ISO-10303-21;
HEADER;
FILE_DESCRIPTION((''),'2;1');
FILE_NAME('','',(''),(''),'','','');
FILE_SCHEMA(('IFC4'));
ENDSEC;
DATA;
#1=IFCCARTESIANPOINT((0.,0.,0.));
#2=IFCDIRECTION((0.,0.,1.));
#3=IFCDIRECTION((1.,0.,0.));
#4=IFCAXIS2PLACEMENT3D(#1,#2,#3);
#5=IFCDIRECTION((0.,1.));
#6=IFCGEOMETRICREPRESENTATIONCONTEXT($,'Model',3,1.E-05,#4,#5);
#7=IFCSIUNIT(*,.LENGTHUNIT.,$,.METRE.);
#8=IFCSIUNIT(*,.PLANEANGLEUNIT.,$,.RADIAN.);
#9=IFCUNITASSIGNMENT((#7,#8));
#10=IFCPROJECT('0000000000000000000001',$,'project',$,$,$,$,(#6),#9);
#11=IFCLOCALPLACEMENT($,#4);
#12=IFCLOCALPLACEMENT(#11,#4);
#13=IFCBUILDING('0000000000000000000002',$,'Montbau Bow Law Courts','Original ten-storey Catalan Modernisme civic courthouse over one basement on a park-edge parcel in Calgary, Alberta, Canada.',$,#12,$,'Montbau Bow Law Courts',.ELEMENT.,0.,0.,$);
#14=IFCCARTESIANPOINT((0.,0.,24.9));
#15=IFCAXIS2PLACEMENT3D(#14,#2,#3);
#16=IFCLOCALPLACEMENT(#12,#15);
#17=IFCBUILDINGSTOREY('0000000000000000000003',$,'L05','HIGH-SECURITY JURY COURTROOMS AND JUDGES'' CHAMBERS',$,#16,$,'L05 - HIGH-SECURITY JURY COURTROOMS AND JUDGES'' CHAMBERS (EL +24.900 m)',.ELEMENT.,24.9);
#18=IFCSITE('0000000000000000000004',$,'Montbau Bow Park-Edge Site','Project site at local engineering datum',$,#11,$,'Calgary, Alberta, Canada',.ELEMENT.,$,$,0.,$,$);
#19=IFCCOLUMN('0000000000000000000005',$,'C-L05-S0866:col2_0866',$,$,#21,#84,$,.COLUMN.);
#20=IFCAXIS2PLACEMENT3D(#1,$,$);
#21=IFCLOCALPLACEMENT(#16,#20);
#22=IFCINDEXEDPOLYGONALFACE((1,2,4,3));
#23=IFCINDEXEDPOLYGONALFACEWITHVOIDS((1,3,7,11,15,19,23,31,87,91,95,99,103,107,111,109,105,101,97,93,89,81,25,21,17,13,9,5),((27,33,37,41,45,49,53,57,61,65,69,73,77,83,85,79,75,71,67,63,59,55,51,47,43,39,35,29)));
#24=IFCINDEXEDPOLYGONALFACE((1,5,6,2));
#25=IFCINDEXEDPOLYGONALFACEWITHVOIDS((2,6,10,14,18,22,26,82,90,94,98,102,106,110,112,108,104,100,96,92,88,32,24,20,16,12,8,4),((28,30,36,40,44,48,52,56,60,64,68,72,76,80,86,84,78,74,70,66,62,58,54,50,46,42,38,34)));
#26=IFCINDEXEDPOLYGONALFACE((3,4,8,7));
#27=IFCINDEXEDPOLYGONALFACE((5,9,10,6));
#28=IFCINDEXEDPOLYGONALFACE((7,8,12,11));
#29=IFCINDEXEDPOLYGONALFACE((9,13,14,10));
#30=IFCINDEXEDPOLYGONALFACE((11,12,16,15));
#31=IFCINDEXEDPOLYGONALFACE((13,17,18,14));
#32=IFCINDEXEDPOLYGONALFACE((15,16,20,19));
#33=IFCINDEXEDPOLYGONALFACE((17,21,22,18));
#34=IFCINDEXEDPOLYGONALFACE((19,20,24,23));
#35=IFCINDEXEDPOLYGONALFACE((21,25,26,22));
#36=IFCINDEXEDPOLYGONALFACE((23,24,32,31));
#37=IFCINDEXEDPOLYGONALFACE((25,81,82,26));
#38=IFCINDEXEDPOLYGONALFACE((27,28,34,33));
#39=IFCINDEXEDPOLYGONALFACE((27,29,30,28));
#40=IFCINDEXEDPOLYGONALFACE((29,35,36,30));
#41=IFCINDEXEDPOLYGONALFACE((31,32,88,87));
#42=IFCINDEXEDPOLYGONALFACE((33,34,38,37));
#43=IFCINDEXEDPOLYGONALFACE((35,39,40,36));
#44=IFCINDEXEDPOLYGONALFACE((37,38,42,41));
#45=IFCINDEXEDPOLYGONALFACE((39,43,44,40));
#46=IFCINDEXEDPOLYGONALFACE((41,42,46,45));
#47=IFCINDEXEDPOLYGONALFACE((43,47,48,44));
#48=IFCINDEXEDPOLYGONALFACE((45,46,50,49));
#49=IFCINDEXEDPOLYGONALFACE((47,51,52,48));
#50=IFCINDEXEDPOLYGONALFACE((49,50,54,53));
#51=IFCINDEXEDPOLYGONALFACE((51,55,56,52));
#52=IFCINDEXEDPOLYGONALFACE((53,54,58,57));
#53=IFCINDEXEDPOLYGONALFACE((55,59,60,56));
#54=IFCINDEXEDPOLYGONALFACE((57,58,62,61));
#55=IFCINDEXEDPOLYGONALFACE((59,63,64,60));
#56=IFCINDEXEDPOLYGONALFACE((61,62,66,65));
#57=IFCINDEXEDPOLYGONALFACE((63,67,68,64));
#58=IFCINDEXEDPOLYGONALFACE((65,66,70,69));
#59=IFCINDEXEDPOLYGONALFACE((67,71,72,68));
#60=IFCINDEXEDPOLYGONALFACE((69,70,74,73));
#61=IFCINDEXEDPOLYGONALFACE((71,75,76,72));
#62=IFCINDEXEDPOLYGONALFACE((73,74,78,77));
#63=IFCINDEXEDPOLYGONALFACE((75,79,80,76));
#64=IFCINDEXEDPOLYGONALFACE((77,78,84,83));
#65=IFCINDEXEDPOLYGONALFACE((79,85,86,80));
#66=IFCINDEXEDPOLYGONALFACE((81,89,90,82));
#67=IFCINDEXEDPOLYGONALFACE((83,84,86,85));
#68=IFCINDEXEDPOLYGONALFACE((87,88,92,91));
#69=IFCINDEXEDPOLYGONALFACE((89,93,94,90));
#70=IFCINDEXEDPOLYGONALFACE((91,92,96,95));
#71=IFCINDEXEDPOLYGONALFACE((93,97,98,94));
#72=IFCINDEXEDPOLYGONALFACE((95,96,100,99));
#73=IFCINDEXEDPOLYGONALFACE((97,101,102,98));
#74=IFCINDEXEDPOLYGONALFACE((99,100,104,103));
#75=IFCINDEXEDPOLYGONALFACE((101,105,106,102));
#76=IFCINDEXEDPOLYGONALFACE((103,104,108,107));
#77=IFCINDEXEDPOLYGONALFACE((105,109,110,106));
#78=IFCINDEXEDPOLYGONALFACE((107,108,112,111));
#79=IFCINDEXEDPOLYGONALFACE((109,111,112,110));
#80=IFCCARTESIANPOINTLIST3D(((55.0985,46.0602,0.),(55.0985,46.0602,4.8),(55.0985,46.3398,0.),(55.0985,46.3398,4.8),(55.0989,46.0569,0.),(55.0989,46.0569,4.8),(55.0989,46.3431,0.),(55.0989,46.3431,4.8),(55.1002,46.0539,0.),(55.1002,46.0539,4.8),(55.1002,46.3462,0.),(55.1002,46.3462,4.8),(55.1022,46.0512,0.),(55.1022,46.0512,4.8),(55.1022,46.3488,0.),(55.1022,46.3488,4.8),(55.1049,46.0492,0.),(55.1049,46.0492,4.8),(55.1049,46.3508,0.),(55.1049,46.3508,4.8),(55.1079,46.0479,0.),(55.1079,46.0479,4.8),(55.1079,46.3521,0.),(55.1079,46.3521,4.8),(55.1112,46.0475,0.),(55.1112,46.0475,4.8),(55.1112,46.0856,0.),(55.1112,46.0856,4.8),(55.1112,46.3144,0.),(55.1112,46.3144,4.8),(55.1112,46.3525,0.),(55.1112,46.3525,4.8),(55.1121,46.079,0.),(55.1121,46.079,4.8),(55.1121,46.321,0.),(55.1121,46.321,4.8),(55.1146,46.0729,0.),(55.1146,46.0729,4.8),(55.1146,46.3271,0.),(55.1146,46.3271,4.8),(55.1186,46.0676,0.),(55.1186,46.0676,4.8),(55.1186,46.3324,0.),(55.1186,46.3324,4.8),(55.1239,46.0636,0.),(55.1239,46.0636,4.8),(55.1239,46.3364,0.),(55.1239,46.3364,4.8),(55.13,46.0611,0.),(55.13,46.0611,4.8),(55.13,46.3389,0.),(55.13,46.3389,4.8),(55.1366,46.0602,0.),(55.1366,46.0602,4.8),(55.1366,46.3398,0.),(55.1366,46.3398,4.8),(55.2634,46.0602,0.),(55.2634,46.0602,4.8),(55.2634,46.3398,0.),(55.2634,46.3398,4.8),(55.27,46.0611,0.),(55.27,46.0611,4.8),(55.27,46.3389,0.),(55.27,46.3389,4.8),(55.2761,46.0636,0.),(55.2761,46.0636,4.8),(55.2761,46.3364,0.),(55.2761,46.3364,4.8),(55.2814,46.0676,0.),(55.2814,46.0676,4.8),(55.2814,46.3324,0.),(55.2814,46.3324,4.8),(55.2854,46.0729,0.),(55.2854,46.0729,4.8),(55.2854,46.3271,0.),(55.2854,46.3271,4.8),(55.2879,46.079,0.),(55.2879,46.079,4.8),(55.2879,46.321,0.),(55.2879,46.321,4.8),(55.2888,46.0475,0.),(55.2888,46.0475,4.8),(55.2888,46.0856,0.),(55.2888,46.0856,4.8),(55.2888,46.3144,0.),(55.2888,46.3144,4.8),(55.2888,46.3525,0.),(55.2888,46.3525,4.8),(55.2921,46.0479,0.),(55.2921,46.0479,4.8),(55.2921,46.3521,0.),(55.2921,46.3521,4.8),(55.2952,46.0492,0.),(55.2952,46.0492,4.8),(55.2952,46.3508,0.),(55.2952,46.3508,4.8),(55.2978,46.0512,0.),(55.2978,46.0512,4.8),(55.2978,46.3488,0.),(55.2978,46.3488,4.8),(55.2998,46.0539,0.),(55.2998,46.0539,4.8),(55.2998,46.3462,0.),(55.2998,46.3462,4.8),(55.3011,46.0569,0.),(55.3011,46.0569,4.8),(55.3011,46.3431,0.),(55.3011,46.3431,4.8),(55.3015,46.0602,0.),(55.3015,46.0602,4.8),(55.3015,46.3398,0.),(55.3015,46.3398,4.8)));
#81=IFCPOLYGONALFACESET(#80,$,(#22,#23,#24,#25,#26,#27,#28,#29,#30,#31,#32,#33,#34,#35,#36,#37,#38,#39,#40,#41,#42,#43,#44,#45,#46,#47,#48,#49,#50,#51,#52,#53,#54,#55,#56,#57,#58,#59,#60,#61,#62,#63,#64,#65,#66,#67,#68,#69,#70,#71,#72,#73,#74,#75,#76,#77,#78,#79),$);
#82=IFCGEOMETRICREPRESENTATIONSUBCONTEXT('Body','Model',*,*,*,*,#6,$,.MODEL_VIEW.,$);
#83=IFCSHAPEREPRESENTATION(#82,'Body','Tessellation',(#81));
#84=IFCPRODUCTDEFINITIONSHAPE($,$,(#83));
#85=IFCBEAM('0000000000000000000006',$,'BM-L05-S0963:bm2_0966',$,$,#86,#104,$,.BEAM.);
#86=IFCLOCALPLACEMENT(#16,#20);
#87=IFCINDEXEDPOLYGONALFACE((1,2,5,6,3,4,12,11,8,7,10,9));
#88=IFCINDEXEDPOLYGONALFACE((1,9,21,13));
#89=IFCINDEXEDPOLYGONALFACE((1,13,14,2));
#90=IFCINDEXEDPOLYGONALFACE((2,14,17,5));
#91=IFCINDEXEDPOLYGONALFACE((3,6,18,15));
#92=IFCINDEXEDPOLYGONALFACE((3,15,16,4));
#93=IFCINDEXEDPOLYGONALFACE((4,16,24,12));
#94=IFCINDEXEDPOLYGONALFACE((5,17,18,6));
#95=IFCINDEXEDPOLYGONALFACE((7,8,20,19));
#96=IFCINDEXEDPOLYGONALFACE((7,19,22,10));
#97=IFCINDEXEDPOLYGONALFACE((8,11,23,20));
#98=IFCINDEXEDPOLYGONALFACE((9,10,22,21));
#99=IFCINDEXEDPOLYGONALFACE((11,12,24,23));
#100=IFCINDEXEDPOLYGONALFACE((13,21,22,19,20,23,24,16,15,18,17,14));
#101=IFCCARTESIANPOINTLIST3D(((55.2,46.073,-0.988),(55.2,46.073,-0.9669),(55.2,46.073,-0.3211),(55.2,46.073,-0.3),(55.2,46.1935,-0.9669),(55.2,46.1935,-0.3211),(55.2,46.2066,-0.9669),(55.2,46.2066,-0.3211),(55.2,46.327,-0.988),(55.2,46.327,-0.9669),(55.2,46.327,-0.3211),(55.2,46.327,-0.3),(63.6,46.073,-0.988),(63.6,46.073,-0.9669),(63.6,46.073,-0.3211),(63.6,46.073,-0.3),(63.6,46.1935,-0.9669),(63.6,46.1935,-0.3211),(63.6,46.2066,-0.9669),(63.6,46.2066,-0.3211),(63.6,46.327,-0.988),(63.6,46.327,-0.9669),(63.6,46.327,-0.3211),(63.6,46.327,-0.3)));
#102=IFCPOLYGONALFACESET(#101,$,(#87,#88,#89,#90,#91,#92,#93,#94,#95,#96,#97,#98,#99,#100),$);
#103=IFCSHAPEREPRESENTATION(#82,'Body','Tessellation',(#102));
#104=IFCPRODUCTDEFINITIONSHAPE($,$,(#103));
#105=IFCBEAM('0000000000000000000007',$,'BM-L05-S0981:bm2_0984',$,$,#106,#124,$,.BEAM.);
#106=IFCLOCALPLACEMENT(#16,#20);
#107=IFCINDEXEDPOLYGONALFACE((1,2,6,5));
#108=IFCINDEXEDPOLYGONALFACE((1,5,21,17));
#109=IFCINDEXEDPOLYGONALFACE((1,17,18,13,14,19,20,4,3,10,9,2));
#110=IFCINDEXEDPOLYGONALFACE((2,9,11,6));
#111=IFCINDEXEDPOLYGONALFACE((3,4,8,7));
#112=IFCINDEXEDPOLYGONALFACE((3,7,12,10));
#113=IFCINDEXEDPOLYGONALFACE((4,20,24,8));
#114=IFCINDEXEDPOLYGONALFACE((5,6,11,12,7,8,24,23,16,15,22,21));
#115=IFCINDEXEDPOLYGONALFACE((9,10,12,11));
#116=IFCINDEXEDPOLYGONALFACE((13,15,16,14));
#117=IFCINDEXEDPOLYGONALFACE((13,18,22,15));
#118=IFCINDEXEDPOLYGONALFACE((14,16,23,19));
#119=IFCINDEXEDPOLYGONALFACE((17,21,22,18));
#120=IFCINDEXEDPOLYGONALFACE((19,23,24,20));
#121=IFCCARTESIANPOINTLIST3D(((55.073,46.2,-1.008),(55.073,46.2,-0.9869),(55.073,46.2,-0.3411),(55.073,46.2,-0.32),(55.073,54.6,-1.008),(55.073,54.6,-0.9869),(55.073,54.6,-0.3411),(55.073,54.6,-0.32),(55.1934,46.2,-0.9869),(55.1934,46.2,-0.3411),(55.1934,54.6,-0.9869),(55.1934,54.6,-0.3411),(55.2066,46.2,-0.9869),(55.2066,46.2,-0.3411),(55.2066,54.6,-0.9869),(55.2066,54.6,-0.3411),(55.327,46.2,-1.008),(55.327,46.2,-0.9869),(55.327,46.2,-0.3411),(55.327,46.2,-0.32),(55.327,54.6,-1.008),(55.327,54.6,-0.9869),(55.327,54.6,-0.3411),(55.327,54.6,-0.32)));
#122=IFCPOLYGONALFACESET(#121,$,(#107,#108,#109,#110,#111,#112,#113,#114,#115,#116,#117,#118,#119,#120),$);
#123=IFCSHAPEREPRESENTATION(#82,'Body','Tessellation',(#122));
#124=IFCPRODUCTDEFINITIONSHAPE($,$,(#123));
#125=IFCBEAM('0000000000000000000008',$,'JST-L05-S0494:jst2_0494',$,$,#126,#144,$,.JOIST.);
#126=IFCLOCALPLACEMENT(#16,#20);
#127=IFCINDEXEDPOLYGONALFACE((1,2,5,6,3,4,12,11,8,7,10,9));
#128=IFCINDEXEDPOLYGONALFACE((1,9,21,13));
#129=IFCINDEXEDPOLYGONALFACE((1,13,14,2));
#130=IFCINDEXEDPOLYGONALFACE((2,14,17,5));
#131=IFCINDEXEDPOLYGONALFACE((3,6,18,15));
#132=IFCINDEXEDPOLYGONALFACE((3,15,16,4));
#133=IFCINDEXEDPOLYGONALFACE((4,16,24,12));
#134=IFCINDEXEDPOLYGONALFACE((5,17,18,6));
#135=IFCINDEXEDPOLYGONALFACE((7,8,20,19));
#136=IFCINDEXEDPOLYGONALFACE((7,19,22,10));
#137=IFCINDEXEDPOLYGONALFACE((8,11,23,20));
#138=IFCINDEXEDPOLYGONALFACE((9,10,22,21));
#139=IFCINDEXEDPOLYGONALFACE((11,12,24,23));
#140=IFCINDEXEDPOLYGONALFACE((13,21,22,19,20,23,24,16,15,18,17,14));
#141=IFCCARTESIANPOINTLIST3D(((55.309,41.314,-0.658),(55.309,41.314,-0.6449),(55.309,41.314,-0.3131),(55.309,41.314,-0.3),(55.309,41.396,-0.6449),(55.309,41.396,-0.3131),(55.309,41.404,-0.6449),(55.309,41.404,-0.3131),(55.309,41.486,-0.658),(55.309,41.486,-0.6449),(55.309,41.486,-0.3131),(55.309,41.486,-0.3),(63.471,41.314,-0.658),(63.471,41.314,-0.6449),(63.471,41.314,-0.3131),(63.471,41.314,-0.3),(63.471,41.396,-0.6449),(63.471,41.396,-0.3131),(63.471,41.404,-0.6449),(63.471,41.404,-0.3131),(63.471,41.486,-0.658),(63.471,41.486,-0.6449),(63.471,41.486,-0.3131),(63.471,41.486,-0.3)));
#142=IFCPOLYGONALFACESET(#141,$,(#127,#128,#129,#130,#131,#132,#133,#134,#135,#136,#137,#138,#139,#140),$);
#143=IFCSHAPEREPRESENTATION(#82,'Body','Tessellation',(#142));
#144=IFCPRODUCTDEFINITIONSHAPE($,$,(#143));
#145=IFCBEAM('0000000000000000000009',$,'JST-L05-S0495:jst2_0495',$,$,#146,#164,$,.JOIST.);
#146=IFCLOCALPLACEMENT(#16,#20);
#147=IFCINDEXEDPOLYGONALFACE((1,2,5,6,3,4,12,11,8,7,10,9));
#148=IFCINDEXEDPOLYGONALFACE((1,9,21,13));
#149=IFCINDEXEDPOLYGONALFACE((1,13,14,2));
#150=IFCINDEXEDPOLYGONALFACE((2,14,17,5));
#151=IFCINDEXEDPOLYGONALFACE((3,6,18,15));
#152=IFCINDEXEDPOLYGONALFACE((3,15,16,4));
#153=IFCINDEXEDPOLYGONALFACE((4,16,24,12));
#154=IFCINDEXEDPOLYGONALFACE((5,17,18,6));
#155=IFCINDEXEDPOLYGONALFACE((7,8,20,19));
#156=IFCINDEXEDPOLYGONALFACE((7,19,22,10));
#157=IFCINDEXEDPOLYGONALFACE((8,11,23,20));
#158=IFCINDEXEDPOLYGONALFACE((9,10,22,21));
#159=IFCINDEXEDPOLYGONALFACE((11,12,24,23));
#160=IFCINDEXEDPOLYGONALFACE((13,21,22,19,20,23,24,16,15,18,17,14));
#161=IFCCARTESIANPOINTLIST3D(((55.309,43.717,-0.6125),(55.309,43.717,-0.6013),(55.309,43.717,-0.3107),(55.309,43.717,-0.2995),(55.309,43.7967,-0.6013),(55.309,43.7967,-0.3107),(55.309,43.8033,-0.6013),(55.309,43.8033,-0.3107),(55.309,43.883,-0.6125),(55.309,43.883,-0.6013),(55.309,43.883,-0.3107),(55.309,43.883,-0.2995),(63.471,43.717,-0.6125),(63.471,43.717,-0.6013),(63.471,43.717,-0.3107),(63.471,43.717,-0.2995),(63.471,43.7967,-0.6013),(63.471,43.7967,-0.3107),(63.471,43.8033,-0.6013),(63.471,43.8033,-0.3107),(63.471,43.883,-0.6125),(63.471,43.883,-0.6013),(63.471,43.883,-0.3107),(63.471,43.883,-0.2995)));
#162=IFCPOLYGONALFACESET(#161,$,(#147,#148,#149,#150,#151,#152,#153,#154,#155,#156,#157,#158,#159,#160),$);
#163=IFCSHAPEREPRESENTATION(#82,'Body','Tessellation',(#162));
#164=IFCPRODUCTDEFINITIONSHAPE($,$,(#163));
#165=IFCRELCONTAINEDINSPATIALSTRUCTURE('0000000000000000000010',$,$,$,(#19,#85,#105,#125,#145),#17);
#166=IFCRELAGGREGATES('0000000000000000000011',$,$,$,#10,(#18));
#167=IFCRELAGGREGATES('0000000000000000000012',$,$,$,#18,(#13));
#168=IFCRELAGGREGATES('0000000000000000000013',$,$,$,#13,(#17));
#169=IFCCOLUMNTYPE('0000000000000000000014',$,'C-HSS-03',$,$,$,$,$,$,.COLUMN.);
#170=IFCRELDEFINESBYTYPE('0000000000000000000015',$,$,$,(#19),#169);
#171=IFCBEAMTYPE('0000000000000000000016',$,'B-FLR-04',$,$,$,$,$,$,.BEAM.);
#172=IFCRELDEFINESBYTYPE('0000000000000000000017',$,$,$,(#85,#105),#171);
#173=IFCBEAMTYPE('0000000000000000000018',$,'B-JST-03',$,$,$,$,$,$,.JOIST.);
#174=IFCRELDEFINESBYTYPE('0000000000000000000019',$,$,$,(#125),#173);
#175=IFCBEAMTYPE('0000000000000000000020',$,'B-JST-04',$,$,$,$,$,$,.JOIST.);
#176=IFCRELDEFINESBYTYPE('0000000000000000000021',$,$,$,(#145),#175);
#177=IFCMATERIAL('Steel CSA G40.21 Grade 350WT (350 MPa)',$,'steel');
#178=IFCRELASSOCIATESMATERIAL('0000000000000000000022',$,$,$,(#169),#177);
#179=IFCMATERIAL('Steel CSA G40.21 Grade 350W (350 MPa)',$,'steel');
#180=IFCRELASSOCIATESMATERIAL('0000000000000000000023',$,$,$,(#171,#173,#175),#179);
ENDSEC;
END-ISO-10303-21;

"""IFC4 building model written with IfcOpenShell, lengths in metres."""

from ifc_helpers import new_model, si_unit, direction, frame, origin_with_axes, origin_2d_with_axis, place, context, subcontext, project, spatial, hollow_rectangle, i_section, extrude, material, material_profile, profile_set, type_object, element, save


model = new_model("IFC4")

# Units and contexts
model_context = context("Model", 3, precision=1e-05, world=origin_with_axes(), true_north=direction((0.0, 1.0)))
body_context = subcontext(model_context, "Body", "Model", "MODEL_VIEW")
ifc_project = project(units=[si_unit("LENGTHUNIT", "METRE"), si_unit("PLANEANGLEUNIT", "RADIAN")], contexts=[model_context])

# Site, building, storey
site_placement = place(None, origin_with_axes())
site = spatial("IfcSite", under=ifc_project, at=site_placement, Name="Montbau Bow Park-Edge Site", Description="Project site at local engineering datum", LongName="Calgary, Alberta, Canada", CompositionType="ELEMENT", RefElevation=0.0)
building_placement = place(site_placement, origin_with_axes())
building = spatial("IfcBuilding", under=site, at=building_placement, Name="Montbau Bow Law Courts", Description="Original ten-storey Catalan Modernisme civic courthouse over one basement on a park-edge parcel in Calgary, Alberta, Canada.", LongName="Montbau Bow Law Courts", CompositionType="ELEMENT", ElevationOfRefHeight=0.0, ElevationOfTerrain=0.0)
storey_placement = place(building_placement, frame((0.0, 0.0, 24.9), z_axis=(0.0, 0.0, 1.0), x_axis=(1.0, 0.0, 0.0)))
storey = spatial("IfcBuildingStorey", under=building, at=storey_placement, Name="L05", Description="HIGH-SECURITY JURY COURTROOMS AND JUDGES' CHAMBERS", LongName="L05 - HIGH-SECURITY JURY COURTROOMS AND JUDGES' CHAMBERS (EL +24.900 m)", CompositionType="ELEMENT", Elevation=24.9)

# Column
ifc_material_1 = material(Name="Steel CSA G40.21 Grade 350WT (350 MPa)", Category="steel")
ifc_material_profile_1 = material_profile(ifc_material_1, hollow_rectangle(XDim=0.203, YDim=0.305, WallThickness=0.0127, InnerFilletRadius=0.0254, OuterFilletRadius=0.0127, at=origin_2d_with_axis()), Name="HSS305X203X13", Category="Main", Priority=0)
ifc_profile_set_1 = profile_set([ifc_material_profile_1], Name="Steel CSA G40.21 Grade 350WT (350 MPa)")
column_type = type_object("IfcColumnType", Name="C-HSS-03", PredefinedType="COLUMN", material=ifc_profile_set_1)
column_placement = place(None, frame((55.2, 46.2, 24.9), z_axis=(0.0, 0.0, 1.0), x_axis=(1.0, 0.0, 0.0)))
element("IfcColumn", 1, at=column_placement, inside=storey, type_object=column_type, Name="C-L05-S0866:col2_0866", PredefinedType="COLUMN", context=body_context, shape_type="SweptSolid", body=[
    extrude(hollow_rectangle(XDim=0.203, YDim=0.305, WallThickness=0.0127, InnerFilletRadius=0.0254, OuterFilletRadius=0.0127, at=origin_2d_with_axis()), origin_with_axes(), (0.0, 0.0, 1.0), 4.8),
])

# Beams
ifc_material_2 = material(Name="Steel CSA G40.21 Grade 350W (350 MPa)", Category="steel")
ifc_material_profile_2 = material_profile(ifc_material_2, i_section(OverallWidth=0.254, OverallDepth=0.688, WebThickness=0.0131, FlangeThickness=0.0211, at=origin_2d_with_axis()), Name="W690X152", Category="Main", Priority=0)
ifc_profile_set_2 = profile_set([ifc_material_profile_2], Name="Steel CSA G40.21 Grade 350W (350 MPa)")
beam_type_1 = type_object("IfcBeamType", Name="B-FLR-04", PredefinedType="BEAM", material=ifc_profile_set_2)
for number, where, z_axis, x_axis, name in (
    (2, (55.2, 46.2, 24.256), (1.0, 0.0, 0.0), (0.0, 1.0, 0.0), "BM-L05-S0963:bm2_0966"),
    (3, (55.2, 46.2, 24.236), (0.0, 1.0, 0.0), (-1.0, 0.0, 0.0), "BM-L05-S0981:bm2_0984"),
):
    element("IfcBeam", number, at=place(None, frame(where, z_axis=z_axis, x_axis=x_axis)), inside=storey, type_object=beam_type_1, Name=name, PredefinedType="BEAM", context=body_context, shape_type="SweptSolid", body=[
        extrude(i_section(OverallWidth=0.254, OverallDepth=0.688, WebThickness=0.0131, FlangeThickness=0.0211, at=origin_2d_with_axis()), origin_with_axes(), (0.0, 0.0, 1.0), 8.4),
    ])
ifc_material_profile_3 = material_profile(ifc_material_2, i_section(OverallWidth=0.172, OverallDepth=0.358, WebThickness=0.0079, FlangeThickness=0.0131, at=origin_2d_with_axis()), Name="W360X57", Category="Main", Priority=0)
ifc_profile_set_3 = profile_set([ifc_material_profile_3], Name="Steel CSA G40.21 Grade 350W (350 MPa)")
beam_type_2 = type_object("IfcBeamType", Name="B-JST-03", PredefinedType="JOIST", material=ifc_profile_set_3)
beam_1_placement = place(None, frame((55.309, 41.4, 24.421), z_axis=(1.0, 0.0, 0.0), x_axis=(0.0, 1.0, 0.0)))
element("IfcBeam", 4, at=beam_1_placement, inside=storey, type_object=beam_type_2, Name="JST-L05-S0494:jst2_0494", PredefinedType="JOIST", context=body_context, shape_type="SweptSolid", body=[
    extrude(i_section(OverallWidth=0.172, OverallDepth=0.358, WebThickness=0.0079, FlangeThickness=0.0131, at=origin_2d_with_axis()), origin_with_axes(), (0.0, 0.0, 1.0), 8.162),
])
ifc_material_profile_4 = material_profile(ifc_material_2, i_section(OverallWidth=0.166, OverallDepth=0.313, WebThickness=0.0066, FlangeThickness=0.0112, at=origin_2d_with_axis()), Name="W310X45", Category="Main", Priority=0)
ifc_profile_set_4 = profile_set([ifc_material_profile_4], Name="Steel CSA G40.21 Grade 350W (350 MPa)")
beam_type_3 = type_object("IfcBeamType", Name="B-JST-04", PredefinedType="JOIST", material=ifc_profile_set_4)
beam_2_placement = place(None, frame((55.309, 43.8, 24.444), z_axis=(1.0, 0.0, 0.0), x_axis=(0.0, 1.0, 0.0)))
element("IfcBeam", 5, at=beam_2_placement, inside=storey, type_object=beam_type_3, Name="JST-L05-S0495:jst2_0495", PredefinedType="JOIST", context=body_context, shape_type="SweptSolid", body=[
    extrude(i_section(OverallWidth=0.166, OverallDepth=0.313, WebThickness=0.0066, FlangeThickness=0.0112, at=origin_2d_with_axis()), origin_with_axes(), (0.0, 0.0, 1.0), 8.162),
])

save(model, "model.ifc")
